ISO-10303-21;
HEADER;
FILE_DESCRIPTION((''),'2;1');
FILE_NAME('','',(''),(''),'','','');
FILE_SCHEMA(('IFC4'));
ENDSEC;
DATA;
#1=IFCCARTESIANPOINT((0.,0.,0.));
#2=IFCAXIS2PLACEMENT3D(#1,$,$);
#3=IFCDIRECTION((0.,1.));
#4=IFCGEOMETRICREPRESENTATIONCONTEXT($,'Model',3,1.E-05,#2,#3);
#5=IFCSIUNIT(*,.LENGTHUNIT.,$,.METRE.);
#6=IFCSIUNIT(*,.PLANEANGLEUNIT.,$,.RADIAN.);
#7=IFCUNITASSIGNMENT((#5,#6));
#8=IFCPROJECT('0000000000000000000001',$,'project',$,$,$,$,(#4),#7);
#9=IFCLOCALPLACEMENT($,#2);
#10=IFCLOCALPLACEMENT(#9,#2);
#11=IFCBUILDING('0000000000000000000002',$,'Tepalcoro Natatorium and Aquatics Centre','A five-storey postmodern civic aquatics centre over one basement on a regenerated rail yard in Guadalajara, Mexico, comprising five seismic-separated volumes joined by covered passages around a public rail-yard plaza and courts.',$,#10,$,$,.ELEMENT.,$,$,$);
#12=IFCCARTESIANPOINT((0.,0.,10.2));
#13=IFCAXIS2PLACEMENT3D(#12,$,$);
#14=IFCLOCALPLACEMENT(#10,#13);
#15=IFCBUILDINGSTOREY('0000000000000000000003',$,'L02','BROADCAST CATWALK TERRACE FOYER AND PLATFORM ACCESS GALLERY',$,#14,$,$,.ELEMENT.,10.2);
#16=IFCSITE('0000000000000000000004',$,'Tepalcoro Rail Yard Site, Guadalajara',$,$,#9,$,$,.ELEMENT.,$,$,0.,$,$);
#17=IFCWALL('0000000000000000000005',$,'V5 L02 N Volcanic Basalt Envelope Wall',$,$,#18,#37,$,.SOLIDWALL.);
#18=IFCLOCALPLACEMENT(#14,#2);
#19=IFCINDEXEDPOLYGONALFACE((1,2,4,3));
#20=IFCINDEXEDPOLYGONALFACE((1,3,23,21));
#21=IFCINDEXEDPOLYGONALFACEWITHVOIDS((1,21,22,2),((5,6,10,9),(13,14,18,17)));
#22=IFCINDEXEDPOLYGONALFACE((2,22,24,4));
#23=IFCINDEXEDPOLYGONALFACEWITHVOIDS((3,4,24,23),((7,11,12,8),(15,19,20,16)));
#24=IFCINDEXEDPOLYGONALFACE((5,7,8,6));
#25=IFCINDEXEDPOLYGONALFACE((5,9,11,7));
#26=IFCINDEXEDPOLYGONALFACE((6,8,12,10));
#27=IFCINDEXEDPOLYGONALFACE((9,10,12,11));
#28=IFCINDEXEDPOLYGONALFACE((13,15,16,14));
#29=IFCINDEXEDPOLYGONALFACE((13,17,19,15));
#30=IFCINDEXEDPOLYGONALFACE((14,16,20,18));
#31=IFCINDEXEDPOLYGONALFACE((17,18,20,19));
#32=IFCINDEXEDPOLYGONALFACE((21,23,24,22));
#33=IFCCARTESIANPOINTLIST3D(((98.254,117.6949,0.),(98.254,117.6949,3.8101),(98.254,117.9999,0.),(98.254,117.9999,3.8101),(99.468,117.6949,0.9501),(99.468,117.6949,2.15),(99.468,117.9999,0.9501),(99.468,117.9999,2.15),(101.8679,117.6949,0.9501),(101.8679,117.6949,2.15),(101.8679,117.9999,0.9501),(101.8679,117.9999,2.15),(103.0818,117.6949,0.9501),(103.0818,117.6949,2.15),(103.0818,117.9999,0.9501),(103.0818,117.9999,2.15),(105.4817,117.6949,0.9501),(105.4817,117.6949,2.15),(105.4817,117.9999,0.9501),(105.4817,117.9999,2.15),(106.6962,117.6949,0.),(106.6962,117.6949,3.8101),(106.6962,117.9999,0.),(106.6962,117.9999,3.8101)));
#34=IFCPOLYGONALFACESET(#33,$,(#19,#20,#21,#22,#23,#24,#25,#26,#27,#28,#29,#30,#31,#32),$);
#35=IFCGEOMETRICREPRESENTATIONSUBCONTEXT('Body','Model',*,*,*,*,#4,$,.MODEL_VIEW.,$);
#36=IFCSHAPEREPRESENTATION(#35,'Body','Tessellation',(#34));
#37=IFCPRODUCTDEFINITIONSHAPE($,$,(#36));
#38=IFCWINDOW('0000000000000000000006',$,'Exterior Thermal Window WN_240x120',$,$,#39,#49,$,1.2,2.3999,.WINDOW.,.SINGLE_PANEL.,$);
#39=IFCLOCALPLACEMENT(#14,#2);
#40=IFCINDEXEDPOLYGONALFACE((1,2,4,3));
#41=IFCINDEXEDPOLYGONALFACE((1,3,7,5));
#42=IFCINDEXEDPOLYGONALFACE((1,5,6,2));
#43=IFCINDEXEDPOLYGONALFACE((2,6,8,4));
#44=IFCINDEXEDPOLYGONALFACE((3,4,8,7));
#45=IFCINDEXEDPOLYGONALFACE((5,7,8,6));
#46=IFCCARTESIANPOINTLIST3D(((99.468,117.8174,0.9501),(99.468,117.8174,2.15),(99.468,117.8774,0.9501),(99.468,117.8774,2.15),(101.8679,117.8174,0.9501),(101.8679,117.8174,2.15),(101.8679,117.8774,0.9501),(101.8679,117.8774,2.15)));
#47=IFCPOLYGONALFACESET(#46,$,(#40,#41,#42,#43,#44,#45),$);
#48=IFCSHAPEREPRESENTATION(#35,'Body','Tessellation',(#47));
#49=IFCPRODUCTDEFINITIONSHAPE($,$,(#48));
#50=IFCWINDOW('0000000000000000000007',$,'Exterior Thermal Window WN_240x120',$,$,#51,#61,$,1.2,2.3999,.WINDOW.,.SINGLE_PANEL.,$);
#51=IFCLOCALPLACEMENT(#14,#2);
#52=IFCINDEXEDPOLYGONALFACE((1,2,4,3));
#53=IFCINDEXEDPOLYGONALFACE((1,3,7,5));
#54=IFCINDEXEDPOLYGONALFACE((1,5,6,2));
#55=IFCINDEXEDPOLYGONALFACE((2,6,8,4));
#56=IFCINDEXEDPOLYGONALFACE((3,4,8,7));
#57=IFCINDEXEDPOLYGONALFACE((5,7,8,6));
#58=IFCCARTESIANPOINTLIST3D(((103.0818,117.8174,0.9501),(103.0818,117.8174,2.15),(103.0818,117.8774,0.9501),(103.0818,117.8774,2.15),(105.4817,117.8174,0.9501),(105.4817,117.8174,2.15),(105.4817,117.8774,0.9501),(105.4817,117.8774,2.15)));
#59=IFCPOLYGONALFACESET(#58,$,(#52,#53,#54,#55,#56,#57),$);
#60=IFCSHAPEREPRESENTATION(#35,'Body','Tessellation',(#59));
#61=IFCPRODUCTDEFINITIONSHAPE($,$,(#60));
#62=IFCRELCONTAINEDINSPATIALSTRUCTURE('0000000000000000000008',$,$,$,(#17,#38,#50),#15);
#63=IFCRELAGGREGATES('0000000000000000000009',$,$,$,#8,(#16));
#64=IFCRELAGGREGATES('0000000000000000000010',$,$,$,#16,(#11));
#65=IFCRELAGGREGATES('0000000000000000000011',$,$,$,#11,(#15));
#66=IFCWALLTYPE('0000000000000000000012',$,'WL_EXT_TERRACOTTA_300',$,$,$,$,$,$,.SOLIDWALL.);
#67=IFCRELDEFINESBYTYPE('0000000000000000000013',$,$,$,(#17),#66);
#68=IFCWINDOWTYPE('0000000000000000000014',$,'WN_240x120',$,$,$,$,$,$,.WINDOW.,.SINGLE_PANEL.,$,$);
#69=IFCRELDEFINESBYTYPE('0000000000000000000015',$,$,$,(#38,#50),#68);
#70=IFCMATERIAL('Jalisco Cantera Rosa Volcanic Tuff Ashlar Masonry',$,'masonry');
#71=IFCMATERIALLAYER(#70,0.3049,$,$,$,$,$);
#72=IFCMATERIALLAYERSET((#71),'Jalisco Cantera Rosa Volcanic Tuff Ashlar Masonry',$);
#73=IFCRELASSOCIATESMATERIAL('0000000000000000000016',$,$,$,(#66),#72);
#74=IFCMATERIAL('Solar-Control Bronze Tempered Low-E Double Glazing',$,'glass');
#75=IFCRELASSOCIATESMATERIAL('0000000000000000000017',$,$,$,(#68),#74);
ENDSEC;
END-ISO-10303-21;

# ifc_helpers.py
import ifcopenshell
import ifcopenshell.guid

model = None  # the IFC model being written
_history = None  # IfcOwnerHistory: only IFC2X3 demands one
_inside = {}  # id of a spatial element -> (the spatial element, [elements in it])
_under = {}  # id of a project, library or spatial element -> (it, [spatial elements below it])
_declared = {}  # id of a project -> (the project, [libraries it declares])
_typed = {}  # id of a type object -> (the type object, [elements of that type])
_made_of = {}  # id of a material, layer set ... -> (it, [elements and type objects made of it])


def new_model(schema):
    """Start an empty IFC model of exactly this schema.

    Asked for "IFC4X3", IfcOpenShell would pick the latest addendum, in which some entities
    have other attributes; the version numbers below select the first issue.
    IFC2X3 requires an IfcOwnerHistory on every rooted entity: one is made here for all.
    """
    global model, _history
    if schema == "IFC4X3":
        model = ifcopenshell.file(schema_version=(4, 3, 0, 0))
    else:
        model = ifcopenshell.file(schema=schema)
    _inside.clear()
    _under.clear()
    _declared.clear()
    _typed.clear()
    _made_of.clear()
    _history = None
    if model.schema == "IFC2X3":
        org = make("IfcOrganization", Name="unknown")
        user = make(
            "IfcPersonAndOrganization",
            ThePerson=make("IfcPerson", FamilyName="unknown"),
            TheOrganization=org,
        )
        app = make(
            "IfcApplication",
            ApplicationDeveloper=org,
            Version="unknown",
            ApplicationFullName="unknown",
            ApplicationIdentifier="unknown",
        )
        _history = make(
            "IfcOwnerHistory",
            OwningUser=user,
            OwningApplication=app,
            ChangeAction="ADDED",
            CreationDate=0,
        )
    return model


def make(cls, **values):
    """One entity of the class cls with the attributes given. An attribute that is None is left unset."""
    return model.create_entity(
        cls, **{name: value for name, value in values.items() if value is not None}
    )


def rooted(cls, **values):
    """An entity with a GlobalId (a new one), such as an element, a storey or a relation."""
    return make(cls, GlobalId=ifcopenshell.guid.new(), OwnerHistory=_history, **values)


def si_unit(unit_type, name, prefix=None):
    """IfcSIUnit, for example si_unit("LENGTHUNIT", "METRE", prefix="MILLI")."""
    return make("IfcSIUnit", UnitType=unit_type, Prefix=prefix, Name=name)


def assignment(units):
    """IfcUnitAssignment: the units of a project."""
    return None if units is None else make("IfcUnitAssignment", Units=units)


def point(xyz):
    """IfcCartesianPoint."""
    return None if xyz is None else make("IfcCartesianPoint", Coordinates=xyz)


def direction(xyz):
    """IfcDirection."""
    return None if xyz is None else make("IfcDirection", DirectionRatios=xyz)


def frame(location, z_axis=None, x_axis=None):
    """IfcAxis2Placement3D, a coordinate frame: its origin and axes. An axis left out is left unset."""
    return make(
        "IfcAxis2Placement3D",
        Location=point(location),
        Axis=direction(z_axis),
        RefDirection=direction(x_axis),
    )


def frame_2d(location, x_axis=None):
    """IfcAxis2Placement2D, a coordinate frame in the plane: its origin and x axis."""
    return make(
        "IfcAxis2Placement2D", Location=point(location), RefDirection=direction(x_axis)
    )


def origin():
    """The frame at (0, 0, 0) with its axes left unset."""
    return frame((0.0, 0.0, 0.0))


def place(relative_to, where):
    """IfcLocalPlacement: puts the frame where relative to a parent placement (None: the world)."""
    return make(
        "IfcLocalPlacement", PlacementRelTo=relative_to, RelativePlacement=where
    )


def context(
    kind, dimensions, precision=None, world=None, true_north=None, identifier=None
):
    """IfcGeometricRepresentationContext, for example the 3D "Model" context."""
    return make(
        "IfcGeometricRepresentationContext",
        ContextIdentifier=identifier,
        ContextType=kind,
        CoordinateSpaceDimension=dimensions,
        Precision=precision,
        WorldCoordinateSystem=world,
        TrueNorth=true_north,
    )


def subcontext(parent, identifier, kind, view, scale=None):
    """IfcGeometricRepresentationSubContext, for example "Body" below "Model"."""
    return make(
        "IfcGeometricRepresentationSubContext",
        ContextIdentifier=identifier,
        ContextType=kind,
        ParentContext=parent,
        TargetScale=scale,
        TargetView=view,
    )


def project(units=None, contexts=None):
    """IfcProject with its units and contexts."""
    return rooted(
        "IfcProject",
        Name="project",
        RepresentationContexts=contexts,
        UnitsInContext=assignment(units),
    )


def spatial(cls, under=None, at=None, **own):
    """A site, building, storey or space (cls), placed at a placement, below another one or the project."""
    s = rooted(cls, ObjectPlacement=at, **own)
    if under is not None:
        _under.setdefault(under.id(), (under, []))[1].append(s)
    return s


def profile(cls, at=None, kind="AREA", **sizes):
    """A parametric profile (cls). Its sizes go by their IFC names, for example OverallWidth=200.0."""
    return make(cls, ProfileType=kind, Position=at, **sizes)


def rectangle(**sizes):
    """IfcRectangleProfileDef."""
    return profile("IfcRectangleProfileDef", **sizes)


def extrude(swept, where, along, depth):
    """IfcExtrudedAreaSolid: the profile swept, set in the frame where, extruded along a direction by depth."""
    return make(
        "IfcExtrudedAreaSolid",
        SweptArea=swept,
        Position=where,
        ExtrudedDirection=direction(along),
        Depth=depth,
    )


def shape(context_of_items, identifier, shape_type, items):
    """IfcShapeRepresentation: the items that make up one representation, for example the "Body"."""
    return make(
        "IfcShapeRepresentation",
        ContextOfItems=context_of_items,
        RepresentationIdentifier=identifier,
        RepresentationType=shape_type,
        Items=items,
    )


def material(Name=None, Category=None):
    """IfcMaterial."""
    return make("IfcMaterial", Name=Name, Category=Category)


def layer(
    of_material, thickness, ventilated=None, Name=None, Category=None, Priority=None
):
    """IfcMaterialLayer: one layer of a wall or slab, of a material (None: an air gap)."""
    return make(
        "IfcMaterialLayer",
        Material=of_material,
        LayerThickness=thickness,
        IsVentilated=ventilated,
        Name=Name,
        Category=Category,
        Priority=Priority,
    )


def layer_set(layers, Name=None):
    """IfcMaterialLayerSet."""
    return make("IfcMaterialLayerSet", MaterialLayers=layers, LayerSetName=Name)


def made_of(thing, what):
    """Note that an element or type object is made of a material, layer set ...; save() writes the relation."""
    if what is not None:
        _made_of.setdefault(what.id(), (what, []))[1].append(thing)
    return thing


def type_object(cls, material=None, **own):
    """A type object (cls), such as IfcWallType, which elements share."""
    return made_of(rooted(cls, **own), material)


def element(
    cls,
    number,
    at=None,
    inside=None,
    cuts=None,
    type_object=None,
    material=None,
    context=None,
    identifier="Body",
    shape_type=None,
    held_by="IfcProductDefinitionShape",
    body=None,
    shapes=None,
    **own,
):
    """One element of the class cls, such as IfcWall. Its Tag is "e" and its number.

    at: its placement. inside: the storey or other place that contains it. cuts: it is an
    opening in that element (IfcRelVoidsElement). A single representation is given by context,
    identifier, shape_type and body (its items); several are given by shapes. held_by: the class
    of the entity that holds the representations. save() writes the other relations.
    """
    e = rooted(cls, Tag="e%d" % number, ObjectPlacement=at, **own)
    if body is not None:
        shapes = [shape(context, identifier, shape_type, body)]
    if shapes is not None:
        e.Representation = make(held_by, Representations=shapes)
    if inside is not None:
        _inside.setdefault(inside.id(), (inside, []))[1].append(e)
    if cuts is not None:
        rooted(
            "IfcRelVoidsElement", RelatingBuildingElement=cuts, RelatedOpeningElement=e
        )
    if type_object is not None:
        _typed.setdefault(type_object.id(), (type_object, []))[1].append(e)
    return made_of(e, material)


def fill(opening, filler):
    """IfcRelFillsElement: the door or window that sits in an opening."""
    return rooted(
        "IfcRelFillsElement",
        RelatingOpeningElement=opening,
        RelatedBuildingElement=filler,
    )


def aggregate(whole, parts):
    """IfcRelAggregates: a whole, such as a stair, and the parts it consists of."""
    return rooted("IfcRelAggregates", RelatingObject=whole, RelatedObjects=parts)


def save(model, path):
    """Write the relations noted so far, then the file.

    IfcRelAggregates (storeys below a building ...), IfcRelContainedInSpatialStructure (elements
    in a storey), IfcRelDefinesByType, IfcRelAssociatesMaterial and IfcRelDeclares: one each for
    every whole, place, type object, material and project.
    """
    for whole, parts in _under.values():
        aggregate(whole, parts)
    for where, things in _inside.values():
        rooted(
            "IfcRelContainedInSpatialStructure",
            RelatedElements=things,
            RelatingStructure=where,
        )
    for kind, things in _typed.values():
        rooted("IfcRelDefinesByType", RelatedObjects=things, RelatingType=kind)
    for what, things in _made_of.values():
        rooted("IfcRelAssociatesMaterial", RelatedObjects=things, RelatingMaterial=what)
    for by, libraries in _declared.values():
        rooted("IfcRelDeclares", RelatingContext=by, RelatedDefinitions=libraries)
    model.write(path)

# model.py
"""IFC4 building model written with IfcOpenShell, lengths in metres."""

from ifc_helpers import new_model, si_unit, direction, frame, frame_2d, origin, place, context, subcontext, project, spatial, rectangle, extrude, material, layer, layer_set, type_object, element, fill, save


model = new_model("IFC4")

# Units and contexts
model_context = context("Model", 3, precision=1e-05, world=origin(), true_north=direction((0.0, 1.0)))
body_context = subcontext(model_context, "Body", "Model", "MODEL_VIEW")
ifc_project = project(units=[si_unit("LENGTHUNIT", "METRE"), si_unit("PLANEANGLEUNIT", "RADIAN")], contexts=[model_context])

# Site, building, storey
site_placement = place(None, origin())
site = spatial("IfcSite", under=ifc_project, at=site_placement, Name="Tepalcoro Rail Yard Site, Guadalajara", CompositionType="ELEMENT", RefElevation=0.0)
building_placement = place(site_placement, origin())
building = spatial("IfcBuilding", under=site, at=building_placement, Name="Tepalcoro Natatorium and Aquatics Centre", Description="A five-storey postmodern civic aquatics centre over one basement on a regenerated rail yard in Guadalajara, Mexico, comprising five seismic-separated volumes joined by covered passages around a public rail-yard plaza and courts.", CompositionType="ELEMENT")
storey_placement = place(building_placement, frame((0.0, 0.0, 10.2)))
storey = spatial("IfcBuildingStorey", under=building, at=storey_placement, Name="L02", Description="BROADCAST CATWALK TERRACE FOYER AND PLATFORM ACCESS GALLERY", CompositionType="ELEMENT", Elevation=10.2)

# Shared definitions
ifc_material_1 = material(Name="Solar-Control Bronze Tempered Low-E Double Glazing", Category="glass")
ifc_material_2 = material(Name="Jalisco Cantera Rosa Volcanic Tuff Ashlar Masonry", Category="masonry")

# Wall, openings, windows
ifc_layer_1 = layer(ifc_material_2, 0.3049)
ifc_layer_set_1 = layer_set([ifc_layer_1], Name="Jalisco Cantera Rosa Volcanic Tuff Ashlar Masonry")
wall_type = type_object("IfcWallType", Name="WL_EXT_TERRACOTTA_300", PredefinedType="SOLIDWALL", material=ifc_layer_set_1)
wall_placement = place(storey_placement, frame((98.2539, 117.8474, 0.0), z_axis=(0.0, 0.0, 1.0), x_axis=(1.0, 0.0, 0.0)))
wall = element("IfcWall", 1, at=wall_placement, inside=storey, type_object=wall_type, Name="V5 L02 N Volcanic Basalt Envelope Wall", PredefinedType="SOLIDWALL", context=body_context, shape_type="SweptSolid", body=[
    extrude(rectangle(XDim=8.4421, YDim=0.3049, at=frame_2d((4.2212, 0.0))), origin(), (0.0, 0.0, 1.0), 3.8101),
])
opening_1_placement = place(wall_placement, frame((1.2141, 0.0, 0.95)))
opening_1 = element("IfcOpeningElement", 2, at=opening_1_placement, cuts=wall, PredefinedType="OPENING", context=body_context, shape_type="SweptSolid", body=[
    extrude(rectangle(XDim=2.3999, YDim=1.2, at=frame_2d((1.2, 0.6001))), frame((0.0, 0.1646, 0.0), z_axis=(0.0, -1.0, 0.0), x_axis=(1.0, 0.0, 0.0)), (0.0, 0.0, 1.0), 0.3289),
])
opening_2_placement = place(wall_placement, frame((4.8279, 0.0, 0.95)))
opening_2 = element("IfcOpeningElement", 3, at=opening_2_placement, cuts=wall, PredefinedType="OPENING", context=body_context, shape_type="SweptSolid", body=[
    extrude(rectangle(XDim=2.3999, YDim=1.2, at=frame_2d((1.2, 0.6001))), frame((0.0, 0.1646, 0.0), z_axis=(0.0, -1.0, 0.0), x_axis=(1.0, 0.0, 0.0)), (0.0, 0.0, 1.0), 0.3289),
])
window_type = type_object("IfcWindowType", Name="WN_240x120", PartitioningType="SINGLE_PANEL", PredefinedType="WINDOW", material=ifc_material_1)
window_1_placement = place(opening_1_placement, origin())
window_1 = element("IfcWindow", 4, at=window_1_placement, inside=storey, type_object=window_type, Name="Exterior Thermal Window WN_240x120", OverallHeight=1.2, OverallWidth=2.3999, PartitioningType="SINGLE_PANEL", PredefinedType="WINDOW", context=body_context, shape_type="SweptSolid", body=[
    extrude(rectangle(XDim=2.3999, YDim=1.2, at=frame_2d((1.2, 0.6001))), frame((0.0, 0.03, 0.0), z_axis=(0.0, -1.0, 0.0), x_axis=(1.0, 0.0, 0.0)), (0.0, 0.0, 1.0), 0.0601),
])
fill(opening_1, window_1)
window_2_placement = place(opening_2_placement, origin())
window_2 = element("IfcWindow", 5, at=window_2_placement, inside=storey, type_object=window_type, Name="Exterior Thermal Window WN_240x120", OverallHeight=1.2, OverallWidth=2.3999, PartitioningType="SINGLE_PANEL", PredefinedType="WINDOW", context=body_context, shape_type="SweptSolid", body=[
    extrude(rectangle(XDim=2.3999, YDim=1.2, at=frame_2d((1.2, 0.6001))), frame((0.0, 0.03, 0.0), z_axis=(0.0, -1.0, 0.0), x_axis=(1.0, 0.0, 0.0)), (0.0, 0.0, 1.0), 0.0601),
])
fill(opening_2, window_2)

save(model, "model.ifc")
